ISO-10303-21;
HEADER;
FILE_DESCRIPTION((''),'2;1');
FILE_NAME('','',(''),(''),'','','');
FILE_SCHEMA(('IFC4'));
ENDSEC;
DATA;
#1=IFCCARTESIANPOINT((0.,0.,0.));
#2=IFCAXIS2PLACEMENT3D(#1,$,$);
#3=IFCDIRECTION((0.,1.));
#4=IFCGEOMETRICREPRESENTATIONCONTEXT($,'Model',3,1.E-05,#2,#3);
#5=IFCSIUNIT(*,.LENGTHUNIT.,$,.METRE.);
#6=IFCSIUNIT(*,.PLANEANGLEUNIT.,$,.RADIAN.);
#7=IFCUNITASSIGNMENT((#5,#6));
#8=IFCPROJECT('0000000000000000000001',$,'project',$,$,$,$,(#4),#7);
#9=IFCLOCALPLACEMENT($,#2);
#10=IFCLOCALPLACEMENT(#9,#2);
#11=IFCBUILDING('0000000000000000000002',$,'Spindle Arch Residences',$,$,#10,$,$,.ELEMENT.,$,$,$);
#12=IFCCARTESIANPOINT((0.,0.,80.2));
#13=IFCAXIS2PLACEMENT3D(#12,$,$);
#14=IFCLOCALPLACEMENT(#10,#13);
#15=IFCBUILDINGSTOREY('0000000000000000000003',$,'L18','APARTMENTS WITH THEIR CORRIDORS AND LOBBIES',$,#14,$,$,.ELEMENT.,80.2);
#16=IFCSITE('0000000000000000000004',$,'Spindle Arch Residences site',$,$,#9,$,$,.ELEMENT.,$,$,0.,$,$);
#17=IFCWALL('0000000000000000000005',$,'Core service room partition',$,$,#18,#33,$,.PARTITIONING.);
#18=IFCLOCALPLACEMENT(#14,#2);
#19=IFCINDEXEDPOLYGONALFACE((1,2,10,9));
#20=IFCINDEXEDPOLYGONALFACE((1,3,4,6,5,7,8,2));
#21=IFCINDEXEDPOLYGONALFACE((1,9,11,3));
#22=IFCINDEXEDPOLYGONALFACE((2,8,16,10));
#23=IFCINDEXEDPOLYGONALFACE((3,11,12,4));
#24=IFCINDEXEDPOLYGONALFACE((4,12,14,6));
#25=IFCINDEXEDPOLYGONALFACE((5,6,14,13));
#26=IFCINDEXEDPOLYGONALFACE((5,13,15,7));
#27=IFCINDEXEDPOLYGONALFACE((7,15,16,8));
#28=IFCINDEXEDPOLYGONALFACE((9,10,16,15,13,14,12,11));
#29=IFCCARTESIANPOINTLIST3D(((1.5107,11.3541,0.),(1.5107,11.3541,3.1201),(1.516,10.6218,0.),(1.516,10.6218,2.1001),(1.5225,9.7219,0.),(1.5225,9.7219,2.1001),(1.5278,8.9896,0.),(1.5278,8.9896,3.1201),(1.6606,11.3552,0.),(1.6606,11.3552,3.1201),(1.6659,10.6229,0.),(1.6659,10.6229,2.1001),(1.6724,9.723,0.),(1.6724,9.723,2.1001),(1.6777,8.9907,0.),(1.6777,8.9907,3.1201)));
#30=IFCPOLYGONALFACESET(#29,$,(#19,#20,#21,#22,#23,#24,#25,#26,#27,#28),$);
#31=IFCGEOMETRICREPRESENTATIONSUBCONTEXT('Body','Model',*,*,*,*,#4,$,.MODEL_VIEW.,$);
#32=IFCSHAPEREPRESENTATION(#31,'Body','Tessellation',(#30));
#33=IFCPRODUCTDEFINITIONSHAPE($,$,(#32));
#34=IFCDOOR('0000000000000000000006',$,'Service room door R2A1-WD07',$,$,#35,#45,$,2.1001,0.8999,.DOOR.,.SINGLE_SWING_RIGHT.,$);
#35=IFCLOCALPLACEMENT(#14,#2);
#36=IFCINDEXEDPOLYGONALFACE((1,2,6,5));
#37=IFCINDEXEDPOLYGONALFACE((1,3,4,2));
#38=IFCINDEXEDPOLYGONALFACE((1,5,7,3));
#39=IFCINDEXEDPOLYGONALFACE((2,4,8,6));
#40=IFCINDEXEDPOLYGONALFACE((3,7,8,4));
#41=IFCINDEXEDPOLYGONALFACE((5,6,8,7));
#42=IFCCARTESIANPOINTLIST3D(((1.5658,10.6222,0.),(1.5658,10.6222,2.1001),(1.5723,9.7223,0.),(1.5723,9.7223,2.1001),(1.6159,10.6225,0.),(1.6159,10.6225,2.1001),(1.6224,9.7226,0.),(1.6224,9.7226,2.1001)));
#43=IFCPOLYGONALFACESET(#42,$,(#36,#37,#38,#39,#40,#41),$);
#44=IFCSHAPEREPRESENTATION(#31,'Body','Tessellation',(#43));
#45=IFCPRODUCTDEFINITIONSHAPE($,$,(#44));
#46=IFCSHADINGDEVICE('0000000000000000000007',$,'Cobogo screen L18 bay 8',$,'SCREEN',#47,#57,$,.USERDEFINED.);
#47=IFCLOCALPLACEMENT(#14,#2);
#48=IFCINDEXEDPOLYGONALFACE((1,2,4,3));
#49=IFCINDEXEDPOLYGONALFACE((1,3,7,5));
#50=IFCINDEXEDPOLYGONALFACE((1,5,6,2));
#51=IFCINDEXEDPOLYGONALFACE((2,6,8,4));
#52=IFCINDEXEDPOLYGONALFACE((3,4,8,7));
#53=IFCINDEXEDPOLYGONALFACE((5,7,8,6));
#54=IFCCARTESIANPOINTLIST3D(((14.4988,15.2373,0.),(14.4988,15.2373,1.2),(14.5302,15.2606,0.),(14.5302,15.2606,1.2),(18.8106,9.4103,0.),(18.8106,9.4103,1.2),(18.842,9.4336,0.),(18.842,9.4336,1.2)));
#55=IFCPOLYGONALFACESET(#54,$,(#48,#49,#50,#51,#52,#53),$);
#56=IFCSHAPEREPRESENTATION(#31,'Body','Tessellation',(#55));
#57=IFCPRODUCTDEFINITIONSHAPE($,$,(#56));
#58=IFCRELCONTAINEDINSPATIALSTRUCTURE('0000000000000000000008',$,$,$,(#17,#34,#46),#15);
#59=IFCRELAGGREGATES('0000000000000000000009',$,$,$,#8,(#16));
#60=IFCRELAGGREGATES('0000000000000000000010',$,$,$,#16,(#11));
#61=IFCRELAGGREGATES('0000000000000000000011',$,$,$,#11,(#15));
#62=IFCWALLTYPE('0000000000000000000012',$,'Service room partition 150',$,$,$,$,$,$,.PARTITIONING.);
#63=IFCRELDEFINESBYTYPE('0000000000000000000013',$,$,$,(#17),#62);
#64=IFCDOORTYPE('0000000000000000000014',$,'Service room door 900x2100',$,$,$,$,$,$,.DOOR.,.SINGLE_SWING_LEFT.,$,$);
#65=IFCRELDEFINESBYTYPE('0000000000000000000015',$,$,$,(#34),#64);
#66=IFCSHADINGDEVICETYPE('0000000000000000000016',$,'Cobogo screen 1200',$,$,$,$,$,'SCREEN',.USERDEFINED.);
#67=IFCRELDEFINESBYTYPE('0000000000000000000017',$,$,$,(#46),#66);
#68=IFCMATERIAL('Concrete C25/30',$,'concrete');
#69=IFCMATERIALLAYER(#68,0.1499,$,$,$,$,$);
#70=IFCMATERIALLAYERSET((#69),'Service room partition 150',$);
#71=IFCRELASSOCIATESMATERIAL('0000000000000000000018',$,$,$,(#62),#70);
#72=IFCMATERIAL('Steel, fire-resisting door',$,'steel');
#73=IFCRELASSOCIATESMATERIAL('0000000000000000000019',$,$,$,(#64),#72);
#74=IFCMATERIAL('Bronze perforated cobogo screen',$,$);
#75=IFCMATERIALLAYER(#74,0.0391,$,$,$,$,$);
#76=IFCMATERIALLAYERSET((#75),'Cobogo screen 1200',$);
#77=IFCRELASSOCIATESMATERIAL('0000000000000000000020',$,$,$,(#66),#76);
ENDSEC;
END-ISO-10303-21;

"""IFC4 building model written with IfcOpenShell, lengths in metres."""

from ifc_helpers import new_model, si_unit, direction, frame, frame_2d, origin, origin_2d, place, context, subcontext, project, spatial, rectangle, extrude, material, layer, layer_set, type_object, element, fill, save


model = new_model("IFC4")

# Units and contexts
model_context = context("Model", 3, precision=1e-05, world=origin(), true_north=direction((0.0, 1.0)))
body_context = subcontext(model_context, "Body", "Model", "MODEL_VIEW")
ifc_project = project(units=[si_unit("LENGTHUNIT", "METRE"), si_unit("PLANEANGLEUNIT", "RADIAN")], contexts=[model_context])

# Site, building, storey
site_placement = place(None, origin())
site = spatial("IfcSite", under=ifc_project, at=site_placement, Name="Spindle Arch Residences site", CompositionType="ELEMENT", RefElevation=0.0)
building_placement = place(site_placement, origin())
building = spatial("IfcBuilding", under=site, at=building_placement, Name="Spindle Arch Residences", CompositionType="ELEMENT")
storey_placement = place(building_placement, frame((0.0, 0.0, 80.2)))
storey = spatial("IfcBuildingStorey", under=building, at=storey_placement, Name="L18", Description="APARTMENTS WITH THEIR CORRIDORS AND LOBBIES", CompositionType="ELEMENT", Elevation=80.2)

# Wall, opening, door
ifc_material_1 = material(Name="Concrete C25/30", Category="concrete")
ifc_layer_1 = layer(ifc_material_1, 0.1499)
ifc_layer_set_1 = layer_set([ifc_layer_1], Name="Service room partition 150")
wall_type_1 = type_object("IfcWallType", Name="Service room partition 150", PredefinedType="PARTITIONING", material=ifc_layer_set_1)
wall_1_placement = place(storey_placement, frame((1.5857, 11.3545, 0.0), z_axis=(0.0, 0.0, 1.0), x_axis=(0.007227, -0.999974, 0.0)))
wall_1 = element("IfcWall", 1, at=wall_1_placement, inside=storey, type_object=wall_type_1, Name="Core service room partition", PredefinedType="PARTITIONING", context=body_context, shape_type="SweptSolid", body=[
    extrude(rectangle(XDim=2.3645, YDim=0.1499, at=frame_2d((1.1821, 0.0))), origin(), (0.0, 0.0, 1.0), 3.1201),
])
opening_1_placement = place(wall_1_placement, frame((0.7322, 0.0, 0.0)))
opening_1 = element("IfcOpeningElement", 2, at=opening_1_placement, cuts=wall_1, PredefinedType="OPENING", context=body_context, shape_type="SweptSolid", body=[
    extrude(rectangle(XDim=0.8999, YDim=2.1001, at=frame_2d((0.45, 1.05))), frame((0.0, 0.085, 0.0), z_axis=(0.0, -1.0, 0.0), x_axis=(1.0, 0.0, 0.0)), (0.0, 0.0, 1.0), 0.1699),
])
ifc_material_2 = material(Name="Steel, fire-resisting door", Category="steel")
door_type_1 = type_object("IfcDoorType", Name="Service room door 900x2100", OperationType="SINGLE_SWING_LEFT", PredefinedType="DOOR", material=ifc_material_2)
door_1_placement = place(opening_1_placement, origin())
door_1 = element("IfcDoor", 3, at=door_1_placement, inside=storey, type_object=door_type_1, Name="Service room door R2A1-WD07", OperationType="SINGLE_SWING_RIGHT", OverallHeight=2.1001, OverallWidth=0.8999, PredefinedType="DOOR", context=body_context, shape_type="SweptSolid", body=[
    extrude(rectangle(XDim=0.8999, YDim=2.1001, at=frame_2d((0.45, 1.05))), frame((0.0, 0.0249, 0.0), z_axis=(0.0, -1.0, 0.0), x_axis=(1.0, 0.0, 0.0)), (0.0, 0.0, 1.0), 0.05),
])
fill(opening_1, door_1)

# Shading device
ifc_material_3 = material(Name="Bronze perforated cobogo screen")
ifc_layer_2 = layer(ifc_material_3, 0.0391)
ifc_layer_set_2 = layer_set([ifc_layer_2], Name="Cobogo screen 1200")
shading_device_type = type_object("IfcShadingDeviceType", Name="Cobogo screen 1200", ElementType="SCREEN", PredefinedType="USERDEFINED", material=ifc_layer_set_2)
shading_device_placement = place(storey_placement, frame((16.6704, 12.3354, 0.0), z_axis=(0.0, 0.0, 1.0), x_axis=(-0.594823, 0.803857, 0.0)))
element("IfcShadingDevice", 4, at=shading_device_placement, inside=storey, type_object=shading_device_type, Name="Cobogo screen L18 bay 8", ObjectType="SCREEN", PredefinedType="USERDEFINED", context=body_context, shape_type="SweptSolid", body=[
    extrude(rectangle(XDim=7.2488, YDim=0.0391, at=origin_2d()), origin(), (0.0, 0.0, 1.0), 1.2),
])

save(model, "model.ifc")
